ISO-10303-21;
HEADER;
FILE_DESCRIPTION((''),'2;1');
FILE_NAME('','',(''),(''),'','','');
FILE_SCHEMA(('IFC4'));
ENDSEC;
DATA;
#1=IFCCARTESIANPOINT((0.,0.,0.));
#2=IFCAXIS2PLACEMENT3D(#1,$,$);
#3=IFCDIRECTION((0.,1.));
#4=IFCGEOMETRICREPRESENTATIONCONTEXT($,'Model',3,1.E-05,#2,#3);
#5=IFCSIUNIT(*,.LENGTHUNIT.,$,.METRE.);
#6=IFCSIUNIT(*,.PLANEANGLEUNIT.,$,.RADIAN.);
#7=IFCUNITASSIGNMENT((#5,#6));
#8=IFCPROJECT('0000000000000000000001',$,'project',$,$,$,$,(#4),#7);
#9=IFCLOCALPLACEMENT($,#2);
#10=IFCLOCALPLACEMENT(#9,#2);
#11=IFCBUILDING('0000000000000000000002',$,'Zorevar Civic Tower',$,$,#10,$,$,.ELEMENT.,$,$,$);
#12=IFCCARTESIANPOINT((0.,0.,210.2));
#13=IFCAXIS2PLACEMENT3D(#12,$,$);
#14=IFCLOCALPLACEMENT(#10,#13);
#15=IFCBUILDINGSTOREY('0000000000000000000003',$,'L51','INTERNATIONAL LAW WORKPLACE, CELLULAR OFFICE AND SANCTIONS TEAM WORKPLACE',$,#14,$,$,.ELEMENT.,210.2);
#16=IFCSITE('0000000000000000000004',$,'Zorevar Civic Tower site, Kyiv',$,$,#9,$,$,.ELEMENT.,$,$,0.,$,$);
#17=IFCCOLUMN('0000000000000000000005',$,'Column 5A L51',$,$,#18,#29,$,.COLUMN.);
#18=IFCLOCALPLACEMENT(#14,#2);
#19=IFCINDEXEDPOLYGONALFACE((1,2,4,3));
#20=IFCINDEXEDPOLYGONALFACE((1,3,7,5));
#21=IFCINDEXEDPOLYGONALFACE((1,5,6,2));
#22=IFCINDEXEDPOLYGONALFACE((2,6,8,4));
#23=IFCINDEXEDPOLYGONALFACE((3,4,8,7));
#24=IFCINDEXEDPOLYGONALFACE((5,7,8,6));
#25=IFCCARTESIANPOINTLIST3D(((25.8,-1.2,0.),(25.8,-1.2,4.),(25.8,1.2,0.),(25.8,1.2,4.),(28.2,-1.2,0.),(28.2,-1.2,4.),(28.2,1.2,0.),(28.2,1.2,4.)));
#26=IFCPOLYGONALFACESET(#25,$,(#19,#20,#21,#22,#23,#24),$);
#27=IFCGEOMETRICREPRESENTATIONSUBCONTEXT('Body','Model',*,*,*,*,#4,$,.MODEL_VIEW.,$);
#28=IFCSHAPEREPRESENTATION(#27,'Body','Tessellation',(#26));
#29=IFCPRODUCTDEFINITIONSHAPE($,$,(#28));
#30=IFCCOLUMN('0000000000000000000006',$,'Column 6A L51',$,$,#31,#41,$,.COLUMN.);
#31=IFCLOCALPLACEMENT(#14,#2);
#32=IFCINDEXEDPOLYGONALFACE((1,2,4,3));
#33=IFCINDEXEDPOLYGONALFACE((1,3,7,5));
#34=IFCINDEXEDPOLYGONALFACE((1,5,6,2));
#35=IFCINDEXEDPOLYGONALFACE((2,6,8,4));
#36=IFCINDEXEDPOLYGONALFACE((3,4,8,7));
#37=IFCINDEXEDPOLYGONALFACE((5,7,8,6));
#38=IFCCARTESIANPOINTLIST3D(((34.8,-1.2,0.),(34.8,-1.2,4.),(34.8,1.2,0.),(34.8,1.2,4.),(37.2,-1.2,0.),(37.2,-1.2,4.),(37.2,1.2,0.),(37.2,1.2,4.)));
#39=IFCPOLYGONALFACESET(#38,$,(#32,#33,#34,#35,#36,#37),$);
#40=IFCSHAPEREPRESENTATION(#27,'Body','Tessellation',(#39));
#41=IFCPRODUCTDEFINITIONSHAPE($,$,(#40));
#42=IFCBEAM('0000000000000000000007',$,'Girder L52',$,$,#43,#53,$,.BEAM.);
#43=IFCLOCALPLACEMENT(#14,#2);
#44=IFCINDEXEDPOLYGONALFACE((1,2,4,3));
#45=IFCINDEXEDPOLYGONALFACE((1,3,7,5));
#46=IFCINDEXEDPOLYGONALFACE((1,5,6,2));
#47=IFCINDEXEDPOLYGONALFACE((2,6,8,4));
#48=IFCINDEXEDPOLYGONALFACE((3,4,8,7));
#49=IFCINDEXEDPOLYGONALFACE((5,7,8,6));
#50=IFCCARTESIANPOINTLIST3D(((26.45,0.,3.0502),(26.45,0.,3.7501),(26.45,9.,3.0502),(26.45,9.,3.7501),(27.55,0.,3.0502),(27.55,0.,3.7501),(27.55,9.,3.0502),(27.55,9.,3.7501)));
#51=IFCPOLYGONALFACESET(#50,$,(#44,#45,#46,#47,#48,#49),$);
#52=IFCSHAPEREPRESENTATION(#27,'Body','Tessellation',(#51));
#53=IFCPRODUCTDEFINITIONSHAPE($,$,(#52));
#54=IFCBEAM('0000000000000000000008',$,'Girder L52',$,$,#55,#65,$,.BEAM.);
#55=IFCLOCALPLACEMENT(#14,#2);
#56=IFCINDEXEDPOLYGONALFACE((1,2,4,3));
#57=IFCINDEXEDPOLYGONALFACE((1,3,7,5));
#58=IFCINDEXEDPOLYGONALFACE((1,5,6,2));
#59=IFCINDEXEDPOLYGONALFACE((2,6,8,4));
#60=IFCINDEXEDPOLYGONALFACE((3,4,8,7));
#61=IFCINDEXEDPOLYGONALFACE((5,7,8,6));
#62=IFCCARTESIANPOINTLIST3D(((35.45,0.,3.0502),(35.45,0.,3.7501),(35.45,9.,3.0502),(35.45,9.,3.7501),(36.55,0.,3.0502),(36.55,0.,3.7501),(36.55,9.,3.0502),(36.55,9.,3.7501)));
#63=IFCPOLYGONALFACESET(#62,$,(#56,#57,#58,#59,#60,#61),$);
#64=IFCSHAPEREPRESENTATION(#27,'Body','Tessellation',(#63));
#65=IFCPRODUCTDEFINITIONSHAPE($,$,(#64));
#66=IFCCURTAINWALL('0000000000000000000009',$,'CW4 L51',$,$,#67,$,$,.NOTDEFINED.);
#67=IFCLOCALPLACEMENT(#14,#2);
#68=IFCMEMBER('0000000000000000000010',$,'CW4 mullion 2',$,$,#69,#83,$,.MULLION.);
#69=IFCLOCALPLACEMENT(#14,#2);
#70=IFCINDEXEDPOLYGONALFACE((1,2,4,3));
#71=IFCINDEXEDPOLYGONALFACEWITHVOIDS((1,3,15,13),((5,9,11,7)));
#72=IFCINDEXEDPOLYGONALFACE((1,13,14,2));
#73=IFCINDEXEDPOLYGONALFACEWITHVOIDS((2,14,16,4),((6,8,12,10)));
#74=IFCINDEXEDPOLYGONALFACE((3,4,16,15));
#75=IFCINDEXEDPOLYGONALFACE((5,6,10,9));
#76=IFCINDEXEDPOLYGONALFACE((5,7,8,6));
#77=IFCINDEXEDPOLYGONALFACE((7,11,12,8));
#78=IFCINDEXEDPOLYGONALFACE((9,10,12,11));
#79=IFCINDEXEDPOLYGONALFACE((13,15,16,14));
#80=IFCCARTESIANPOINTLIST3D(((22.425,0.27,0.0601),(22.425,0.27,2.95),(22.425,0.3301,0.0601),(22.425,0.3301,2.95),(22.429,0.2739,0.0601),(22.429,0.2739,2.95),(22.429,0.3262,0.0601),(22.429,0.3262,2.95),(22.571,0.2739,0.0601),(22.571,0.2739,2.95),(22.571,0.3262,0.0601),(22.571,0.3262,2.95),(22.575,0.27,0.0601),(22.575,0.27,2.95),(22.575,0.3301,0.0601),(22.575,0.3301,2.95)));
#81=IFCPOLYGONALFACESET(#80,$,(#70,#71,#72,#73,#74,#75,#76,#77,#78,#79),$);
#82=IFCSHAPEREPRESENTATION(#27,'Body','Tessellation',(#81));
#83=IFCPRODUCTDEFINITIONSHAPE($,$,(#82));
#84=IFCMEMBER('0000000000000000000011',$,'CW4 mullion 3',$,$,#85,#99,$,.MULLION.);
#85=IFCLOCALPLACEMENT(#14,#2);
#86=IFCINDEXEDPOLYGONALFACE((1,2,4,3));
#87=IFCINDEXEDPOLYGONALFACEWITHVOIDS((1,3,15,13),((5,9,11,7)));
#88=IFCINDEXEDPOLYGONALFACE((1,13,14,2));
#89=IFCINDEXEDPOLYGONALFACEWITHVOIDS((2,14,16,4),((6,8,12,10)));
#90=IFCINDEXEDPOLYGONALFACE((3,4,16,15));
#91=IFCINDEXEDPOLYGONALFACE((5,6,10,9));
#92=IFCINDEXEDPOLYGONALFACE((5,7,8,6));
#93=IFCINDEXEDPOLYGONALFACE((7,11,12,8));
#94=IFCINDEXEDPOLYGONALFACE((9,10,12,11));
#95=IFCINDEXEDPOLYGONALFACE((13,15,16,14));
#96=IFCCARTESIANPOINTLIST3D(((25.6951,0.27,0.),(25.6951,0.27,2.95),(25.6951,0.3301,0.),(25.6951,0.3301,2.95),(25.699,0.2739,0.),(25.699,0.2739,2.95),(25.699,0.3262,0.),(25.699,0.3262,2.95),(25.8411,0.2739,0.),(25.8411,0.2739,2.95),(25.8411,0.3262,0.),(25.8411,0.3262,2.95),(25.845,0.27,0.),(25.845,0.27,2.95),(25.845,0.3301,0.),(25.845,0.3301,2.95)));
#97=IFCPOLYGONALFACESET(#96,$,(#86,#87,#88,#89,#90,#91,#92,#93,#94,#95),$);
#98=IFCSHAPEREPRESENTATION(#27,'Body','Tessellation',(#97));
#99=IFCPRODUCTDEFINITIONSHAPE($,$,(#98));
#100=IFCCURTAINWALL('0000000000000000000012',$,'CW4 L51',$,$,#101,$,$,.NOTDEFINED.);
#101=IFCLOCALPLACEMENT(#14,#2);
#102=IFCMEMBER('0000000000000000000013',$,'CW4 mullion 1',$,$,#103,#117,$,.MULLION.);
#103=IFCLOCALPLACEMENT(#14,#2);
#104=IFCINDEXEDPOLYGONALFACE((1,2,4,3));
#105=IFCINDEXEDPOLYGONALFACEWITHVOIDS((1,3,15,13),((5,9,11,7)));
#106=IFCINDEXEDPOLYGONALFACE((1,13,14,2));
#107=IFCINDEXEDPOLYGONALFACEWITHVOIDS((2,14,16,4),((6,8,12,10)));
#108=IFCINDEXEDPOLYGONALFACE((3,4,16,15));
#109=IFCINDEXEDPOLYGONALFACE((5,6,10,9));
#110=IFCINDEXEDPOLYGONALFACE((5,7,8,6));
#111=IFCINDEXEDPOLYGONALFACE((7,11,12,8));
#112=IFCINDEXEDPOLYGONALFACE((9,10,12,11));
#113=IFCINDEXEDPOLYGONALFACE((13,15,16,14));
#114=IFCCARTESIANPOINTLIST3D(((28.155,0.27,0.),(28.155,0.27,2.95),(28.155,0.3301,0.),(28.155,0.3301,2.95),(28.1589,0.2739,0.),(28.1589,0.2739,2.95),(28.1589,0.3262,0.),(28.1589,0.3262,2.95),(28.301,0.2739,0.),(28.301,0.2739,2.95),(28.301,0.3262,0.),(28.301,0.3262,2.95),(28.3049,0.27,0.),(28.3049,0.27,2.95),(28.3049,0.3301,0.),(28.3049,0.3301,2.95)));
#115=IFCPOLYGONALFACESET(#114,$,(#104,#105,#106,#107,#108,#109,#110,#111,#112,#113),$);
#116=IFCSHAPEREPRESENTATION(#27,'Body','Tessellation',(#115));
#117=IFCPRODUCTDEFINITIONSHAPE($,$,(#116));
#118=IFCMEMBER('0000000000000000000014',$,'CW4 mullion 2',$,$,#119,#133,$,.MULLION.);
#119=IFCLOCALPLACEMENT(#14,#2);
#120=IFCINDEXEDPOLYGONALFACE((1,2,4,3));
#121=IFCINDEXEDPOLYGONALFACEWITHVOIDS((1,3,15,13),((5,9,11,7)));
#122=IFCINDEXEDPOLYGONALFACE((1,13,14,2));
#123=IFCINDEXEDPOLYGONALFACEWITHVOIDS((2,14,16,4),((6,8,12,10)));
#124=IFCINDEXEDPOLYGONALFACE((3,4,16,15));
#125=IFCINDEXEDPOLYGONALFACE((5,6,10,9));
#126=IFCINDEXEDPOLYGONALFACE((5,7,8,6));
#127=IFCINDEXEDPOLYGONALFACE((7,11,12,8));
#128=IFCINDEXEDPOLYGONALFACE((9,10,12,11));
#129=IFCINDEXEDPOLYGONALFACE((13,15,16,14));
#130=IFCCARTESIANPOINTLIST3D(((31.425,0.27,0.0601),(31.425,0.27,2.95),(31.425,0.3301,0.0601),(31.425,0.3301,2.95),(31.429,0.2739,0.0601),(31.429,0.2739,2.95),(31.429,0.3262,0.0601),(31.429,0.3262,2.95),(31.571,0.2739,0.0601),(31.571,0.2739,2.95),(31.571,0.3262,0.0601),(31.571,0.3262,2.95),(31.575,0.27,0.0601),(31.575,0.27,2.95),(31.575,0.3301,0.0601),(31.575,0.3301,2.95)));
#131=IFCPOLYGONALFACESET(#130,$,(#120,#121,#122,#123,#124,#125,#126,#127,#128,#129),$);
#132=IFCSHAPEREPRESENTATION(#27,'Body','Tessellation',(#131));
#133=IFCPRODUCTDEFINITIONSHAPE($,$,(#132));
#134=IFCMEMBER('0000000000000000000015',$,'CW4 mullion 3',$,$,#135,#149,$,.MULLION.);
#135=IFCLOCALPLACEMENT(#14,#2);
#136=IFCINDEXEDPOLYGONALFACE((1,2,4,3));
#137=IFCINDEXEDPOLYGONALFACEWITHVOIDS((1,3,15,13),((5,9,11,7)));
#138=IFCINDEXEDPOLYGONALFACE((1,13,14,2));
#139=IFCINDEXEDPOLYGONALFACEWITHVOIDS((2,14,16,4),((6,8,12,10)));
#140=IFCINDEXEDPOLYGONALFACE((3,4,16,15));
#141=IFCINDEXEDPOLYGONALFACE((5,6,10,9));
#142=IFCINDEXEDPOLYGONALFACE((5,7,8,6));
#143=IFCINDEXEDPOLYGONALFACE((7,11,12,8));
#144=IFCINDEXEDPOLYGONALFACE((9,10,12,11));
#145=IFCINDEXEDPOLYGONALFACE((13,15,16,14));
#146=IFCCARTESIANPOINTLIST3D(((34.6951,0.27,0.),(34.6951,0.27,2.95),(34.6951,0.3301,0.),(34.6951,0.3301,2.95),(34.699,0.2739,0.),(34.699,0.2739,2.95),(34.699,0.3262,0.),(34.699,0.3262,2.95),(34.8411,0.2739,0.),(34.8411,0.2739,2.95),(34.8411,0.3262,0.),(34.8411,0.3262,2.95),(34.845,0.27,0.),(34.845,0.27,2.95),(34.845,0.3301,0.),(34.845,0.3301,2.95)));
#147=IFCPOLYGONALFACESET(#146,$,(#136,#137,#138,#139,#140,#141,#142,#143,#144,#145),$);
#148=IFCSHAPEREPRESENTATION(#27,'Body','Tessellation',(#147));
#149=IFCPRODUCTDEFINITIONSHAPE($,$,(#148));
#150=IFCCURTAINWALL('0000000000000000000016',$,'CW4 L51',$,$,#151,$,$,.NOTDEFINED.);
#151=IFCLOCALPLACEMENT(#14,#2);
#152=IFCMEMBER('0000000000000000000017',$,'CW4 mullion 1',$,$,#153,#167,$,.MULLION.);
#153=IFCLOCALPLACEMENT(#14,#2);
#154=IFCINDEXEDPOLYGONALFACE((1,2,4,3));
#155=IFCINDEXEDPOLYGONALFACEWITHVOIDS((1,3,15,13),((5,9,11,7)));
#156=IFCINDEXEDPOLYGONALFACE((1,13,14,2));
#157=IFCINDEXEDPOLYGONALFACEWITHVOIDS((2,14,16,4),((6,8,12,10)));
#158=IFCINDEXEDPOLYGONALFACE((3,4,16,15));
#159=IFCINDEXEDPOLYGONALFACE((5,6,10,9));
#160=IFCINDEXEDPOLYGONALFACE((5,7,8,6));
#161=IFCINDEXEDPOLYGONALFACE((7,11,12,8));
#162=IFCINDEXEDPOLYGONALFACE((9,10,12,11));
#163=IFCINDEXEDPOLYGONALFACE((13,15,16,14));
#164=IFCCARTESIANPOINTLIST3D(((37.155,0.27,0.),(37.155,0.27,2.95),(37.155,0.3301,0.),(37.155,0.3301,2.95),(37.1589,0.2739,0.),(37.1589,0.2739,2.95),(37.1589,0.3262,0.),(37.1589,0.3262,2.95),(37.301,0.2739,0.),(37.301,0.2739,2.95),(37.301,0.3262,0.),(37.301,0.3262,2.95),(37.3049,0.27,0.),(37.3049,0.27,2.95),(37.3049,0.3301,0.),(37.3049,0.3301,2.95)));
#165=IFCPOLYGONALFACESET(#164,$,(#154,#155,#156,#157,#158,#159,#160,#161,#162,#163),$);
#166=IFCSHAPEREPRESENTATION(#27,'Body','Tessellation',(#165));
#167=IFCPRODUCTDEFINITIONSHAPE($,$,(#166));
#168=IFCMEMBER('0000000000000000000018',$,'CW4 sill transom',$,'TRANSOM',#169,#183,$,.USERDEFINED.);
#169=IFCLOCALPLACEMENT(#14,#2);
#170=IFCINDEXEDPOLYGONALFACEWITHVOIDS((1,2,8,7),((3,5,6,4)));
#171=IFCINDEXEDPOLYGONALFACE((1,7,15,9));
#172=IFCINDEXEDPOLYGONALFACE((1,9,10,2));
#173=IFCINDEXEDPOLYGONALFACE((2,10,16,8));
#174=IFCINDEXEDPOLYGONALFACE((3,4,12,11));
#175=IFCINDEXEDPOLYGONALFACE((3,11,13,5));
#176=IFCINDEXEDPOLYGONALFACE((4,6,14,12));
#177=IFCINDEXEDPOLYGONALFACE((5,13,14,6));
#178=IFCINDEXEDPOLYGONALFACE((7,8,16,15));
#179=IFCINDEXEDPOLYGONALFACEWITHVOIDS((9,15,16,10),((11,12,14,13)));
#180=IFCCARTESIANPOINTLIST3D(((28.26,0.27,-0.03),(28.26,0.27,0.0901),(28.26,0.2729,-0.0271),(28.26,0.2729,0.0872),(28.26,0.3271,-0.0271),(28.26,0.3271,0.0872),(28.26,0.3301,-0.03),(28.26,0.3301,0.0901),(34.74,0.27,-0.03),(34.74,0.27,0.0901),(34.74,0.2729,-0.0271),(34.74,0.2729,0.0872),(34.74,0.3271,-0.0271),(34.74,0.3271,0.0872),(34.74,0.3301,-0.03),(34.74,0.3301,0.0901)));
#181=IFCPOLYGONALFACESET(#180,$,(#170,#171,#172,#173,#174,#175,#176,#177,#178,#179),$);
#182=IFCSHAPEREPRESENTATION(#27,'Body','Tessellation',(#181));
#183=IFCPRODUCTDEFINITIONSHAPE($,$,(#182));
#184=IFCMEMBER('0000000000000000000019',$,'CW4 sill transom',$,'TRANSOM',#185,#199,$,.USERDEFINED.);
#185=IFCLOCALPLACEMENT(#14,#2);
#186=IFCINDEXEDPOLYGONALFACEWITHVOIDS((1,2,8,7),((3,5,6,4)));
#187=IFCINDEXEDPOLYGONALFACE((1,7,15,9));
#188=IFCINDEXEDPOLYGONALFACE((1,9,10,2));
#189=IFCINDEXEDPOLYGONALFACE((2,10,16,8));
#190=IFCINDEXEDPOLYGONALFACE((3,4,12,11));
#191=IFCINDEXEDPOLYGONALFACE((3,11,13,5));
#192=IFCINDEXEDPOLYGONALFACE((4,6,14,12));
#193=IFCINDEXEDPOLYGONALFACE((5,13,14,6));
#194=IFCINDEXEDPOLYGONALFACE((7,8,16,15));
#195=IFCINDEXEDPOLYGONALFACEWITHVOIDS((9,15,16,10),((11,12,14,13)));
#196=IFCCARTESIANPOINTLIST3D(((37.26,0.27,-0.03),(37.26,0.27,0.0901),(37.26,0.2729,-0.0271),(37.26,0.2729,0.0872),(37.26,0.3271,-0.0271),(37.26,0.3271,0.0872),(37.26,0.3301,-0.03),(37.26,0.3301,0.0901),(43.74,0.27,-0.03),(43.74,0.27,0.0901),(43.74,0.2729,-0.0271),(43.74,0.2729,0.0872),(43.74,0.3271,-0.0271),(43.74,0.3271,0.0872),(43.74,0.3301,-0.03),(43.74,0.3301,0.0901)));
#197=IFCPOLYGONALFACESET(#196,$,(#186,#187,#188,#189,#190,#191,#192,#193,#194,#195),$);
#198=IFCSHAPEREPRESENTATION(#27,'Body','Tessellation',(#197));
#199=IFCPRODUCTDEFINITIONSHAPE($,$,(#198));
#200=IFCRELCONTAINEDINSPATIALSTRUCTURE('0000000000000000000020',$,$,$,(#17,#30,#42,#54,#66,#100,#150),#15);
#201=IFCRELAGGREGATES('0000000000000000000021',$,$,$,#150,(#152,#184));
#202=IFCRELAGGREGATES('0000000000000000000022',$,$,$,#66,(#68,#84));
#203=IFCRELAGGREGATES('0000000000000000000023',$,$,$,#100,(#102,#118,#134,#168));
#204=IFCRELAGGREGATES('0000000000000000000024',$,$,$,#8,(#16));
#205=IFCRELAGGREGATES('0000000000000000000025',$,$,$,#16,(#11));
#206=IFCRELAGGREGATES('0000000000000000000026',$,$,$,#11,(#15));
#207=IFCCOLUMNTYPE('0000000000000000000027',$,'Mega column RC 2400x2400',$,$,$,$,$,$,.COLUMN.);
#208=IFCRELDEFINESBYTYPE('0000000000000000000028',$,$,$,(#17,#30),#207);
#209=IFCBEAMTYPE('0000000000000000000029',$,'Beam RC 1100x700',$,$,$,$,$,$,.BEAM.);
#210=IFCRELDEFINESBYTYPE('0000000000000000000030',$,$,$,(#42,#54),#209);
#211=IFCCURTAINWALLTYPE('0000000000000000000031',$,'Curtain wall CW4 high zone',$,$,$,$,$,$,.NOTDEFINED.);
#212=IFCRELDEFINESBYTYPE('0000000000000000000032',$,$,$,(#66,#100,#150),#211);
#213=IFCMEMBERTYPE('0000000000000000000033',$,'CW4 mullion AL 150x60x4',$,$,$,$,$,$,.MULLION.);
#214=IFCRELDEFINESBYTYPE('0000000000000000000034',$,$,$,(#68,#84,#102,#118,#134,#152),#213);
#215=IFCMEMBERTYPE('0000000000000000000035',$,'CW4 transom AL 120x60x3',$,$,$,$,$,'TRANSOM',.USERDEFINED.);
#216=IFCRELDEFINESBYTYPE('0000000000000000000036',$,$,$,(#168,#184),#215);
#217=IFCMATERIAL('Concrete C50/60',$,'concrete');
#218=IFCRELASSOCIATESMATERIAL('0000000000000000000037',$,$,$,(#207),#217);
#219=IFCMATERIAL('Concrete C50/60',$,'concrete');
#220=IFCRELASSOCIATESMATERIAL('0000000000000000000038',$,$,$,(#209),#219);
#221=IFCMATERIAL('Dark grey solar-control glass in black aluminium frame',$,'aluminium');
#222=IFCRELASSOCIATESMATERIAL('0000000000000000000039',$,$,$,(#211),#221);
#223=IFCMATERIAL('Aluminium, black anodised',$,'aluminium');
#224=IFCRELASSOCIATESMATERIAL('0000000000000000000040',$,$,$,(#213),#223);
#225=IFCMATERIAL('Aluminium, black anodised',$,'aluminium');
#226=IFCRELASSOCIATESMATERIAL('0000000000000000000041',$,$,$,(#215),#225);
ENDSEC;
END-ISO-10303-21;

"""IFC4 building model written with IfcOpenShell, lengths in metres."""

from ifc_helpers import new_model, si_unit, direction, frame, origin, origin_2d, place, context, subcontext, project, spatial, rectangle, hollow_rectangle, extrude, material, material_profile, profile_set, type_object, element, aggregate, save


model = new_model("IFC4")

# Units and contexts
model_context = context("Model", 3, precision=1e-05, world=origin(), true_north=direction((0.0, 1.0)))
body_context = subcontext(model_context, "Body", "Model", "MODEL_VIEW")
ifc_project = project(units=[si_unit("LENGTHUNIT", "METRE"), si_unit("PLANEANGLEUNIT", "RADIAN")], contexts=[model_context])

# Site, building, storey
site_placement = place(None, origin())
site = spatial("IfcSite", under=ifc_project, at=site_placement, Name="Zorevar Civic Tower site, Kyiv", CompositionType="ELEMENT", RefElevation=0.0)
building_placement = place(site_placement, origin())
building = spatial("IfcBuilding", under=site, at=building_placement, Name="Zorevar Civic Tower", CompositionType="ELEMENT")
storey_placement = place(building_placement, frame((0.0, 0.0, 210.2)))
storey = spatial("IfcBuildingStorey", under=building, at=storey_placement, Name="L51", Description="INTERNATIONAL LAW WORKPLACE, CELLULAR OFFICE AND SANCTIONS TEAM WORKPLACE", CompositionType="ELEMENT", Elevation=210.2)

# Columns
ifc_material_1 = material(Name="Concrete C50/60", Category="concrete")
ifc_material_profile_1 = material_profile(ifc_material_1, rectangle(XDim=2.3999, YDim=2.3999, at=origin_2d()), Name="RC 2400x2400")
ifc_profile_set_1 = profile_set([ifc_material_profile_1], Name="Concrete C50/60")
column_type = type_object("IfcColumnType", Name="Mega column RC 2400x2400", PredefinedType="COLUMN", material=ifc_profile_set_1)
for number, where, z_axis, x_axis, name in (
    (1, (27.0, 0.0, 0.0), (0.0, 0.0, 1.0), (1.0, 0.0, 0.0), "Column 5A L51"),
    (2, (36.0, 0.0, 0.0), (0.0, 0.0, 1.0), (1.0, 0.0, 0.0), "Column 6A L51"),
):
    element("IfcColumn", number, at=place(storey_placement, frame(where, z_axis=z_axis, x_axis=x_axis)), inside=storey, type_object=column_type, Name=name, PredefinedType="COLUMN", context=body_context, shape_type="SweptSolid", body=[
        extrude(rectangle(XDim=2.3999, YDim=2.3999, at=origin_2d()), origin(), (0.0, 0.0, 1.0), 4.0),
    ])

# Beams
ifc_material_2 = material(Name="Concrete C50/60", Category="concrete")
ifc_material_profile_2 = material_profile(ifc_material_2, rectangle(XDim=1.1001, YDim=0.7, at=origin_2d()), Name="RC 1100x700")
ifc_profile_set_2 = profile_set([ifc_material_profile_2], Name="Concrete C50/60")
beam_type_1 = type_object("IfcBeamType", Name="Beam RC 1100x700", PredefinedType="BEAM", material=ifc_profile_set_2)
for number, where, z_axis, x_axis, name in (
    (3, (27.0, 0.0, 3.4001), (0.0, 1.0, 0.0), (-1.0, 0.0, 0.0), "Girder L52"),
    (4, (36.0, 0.0, 3.4001), (0.0, 1.0, 0.0), (-1.0, 0.0, 0.0), "Girder L52"),
):
    element("IfcBeam", number, at=place(storey_placement, frame(where, z_axis=z_axis, x_axis=x_axis)), inside=storey, type_object=beam_type_1, Name=name, PredefinedType="BEAM", context=body_context, shape_type="SweptSolid", body=[
        extrude(rectangle(XDim=1.1001, YDim=0.7, at=origin_2d()), origin(), (0.0, 0.0, 1.0), 9.0),
    ])

# Curtain walls, members
ifc_material_3 = material(Name="Dark grey solar-control glass in black aluminium frame", Category="aluminium")
curtain_wall_type = type_object("IfcCurtainWallType", Name="Curtain wall CW4 high zone", PredefinedType="NOTDEFINED", material=ifc_material_3)
curtain_wall_1_placement = place(storey_placement, origin())
curtain_wall_1 = element("IfcCurtainWall", 5, at=curtain_wall_1_placement, inside=storey, type_object=curtain_wall_type, Name="CW4 L51", PredefinedType="NOTDEFINED")
ifc_material_4 = material(Name="Aluminium, black anodised", Category="aluminium")
ifc_material_profile_3 = material_profile(ifc_material_4, hollow_rectangle(XDim=0.0601, YDim=0.1499, WallThickness=0.0039, at=origin_2d()), Name="AL 150x60x4")
ifc_profile_set_3 = profile_set([ifc_material_profile_3], Name="Aluminium, black anodised")
member_type_1 = type_object("IfcMemberType", Name="CW4 mullion AL 150x60x4", PredefinedType="MULLION", material=ifc_profile_set_3)
member_1_placement = place(storey_placement, frame((22.5, 0.3, 0.0601), z_axis=(0.0, 0.0, 1.0), x_axis=(0.0, 1.0, 0.0)))
member_1 = element("IfcMember", 6, at=member_1_placement, type_object=member_type_1, Name="CW4 mullion 2", PredefinedType="MULLION", context=body_context, shape_type="SweptSolid", body=[
    extrude(hollow_rectangle(XDim=0.0601, YDim=0.1499, WallThickness=0.0039, at=origin_2d()), origin(), (0.0, 0.0, 1.0), 2.8899),
])
member_2_placement = place(storey_placement, frame((25.77, 0.3, 0.0), z_axis=(0.0, 0.0, 1.0), x_axis=(0.0, 1.0, 0.0)))
member_2 = element("IfcMember", 7, at=member_2_placement, type_object=member_type_1, Name="CW4 mullion 3", PredefinedType="MULLION", context=body_context, shape_type="SweptSolid", body=[
    extrude(hollow_rectangle(XDim=0.0601, YDim=0.1499, WallThickness=0.0039, at=origin_2d()), origin(), (0.0, 0.0, 1.0), 2.95),
])
curtain_wall_2_placement = place(storey_placement, origin())
curtain_wall_2 = element("IfcCurtainWall", 8, at=curtain_wall_2_placement, inside=storey, type_object=curtain_wall_type, Name="CW4 L51", PredefinedType="NOTDEFINED")
member_3_placement = place(storey_placement, frame((28.23, 0.3, 0.0), z_axis=(0.0, 0.0, 1.0), x_axis=(0.0, 1.0, 0.0)))
member_3 = element("IfcMember", 9, at=member_3_placement, type_object=member_type_1, Name="CW4 mullion 1", PredefinedType="MULLION", context=body_context, shape_type="SweptSolid", body=[
    extrude(hollow_rectangle(XDim=0.0601, YDim=0.1499, WallThickness=0.0039, at=origin_2d()), origin(), (0.0, 0.0, 1.0), 2.95),
])
member_4_placement = place(storey_placement, frame((31.5, 0.3, 0.0601), z_axis=(0.0, 0.0, 1.0), x_axis=(0.0, 1.0, 0.0)))
member_4 = element("IfcMember", 10, at=member_4_placement, type_object=member_type_1, Name="CW4 mullion 2", PredefinedType="MULLION", context=body_context, shape_type="SweptSolid", body=[
    extrude(hollow_rectangle(XDim=0.0601, YDim=0.1499, WallThickness=0.0039, at=origin_2d()), origin(), (0.0, 0.0, 1.0), 2.8899),
])
member_5_placement = place(storey_placement, frame((34.77, 0.3, 0.0), z_axis=(0.0, 0.0, 1.0), x_axis=(0.0, 1.0, 0.0)))
member_5 = element("IfcMember", 11, at=member_5_placement, type_object=member_type_1, Name="CW4 mullion 3", PredefinedType="MULLION", context=body_context, shape_type="SweptSolid", body=[
    extrude(hollow_rectangle(XDim=0.0601, YDim=0.1499, WallThickness=0.0039, at=origin_2d()), origin(), (0.0, 0.0, 1.0), 2.95),
])

# Curtain wall, member
curtain_wall_3_placement = place(storey_placement, origin())
curtain_wall_3 = element("IfcCurtainWall", 12, at=curtain_wall_3_placement, inside=storey, type_object=curtain_wall_type, Name="CW4 L51", PredefinedType="NOTDEFINED")
member_6_placement = place(storey_placement, frame((37.23, 0.3, 0.0), z_axis=(0.0, 0.0, 1.0), x_axis=(0.0, 1.0, 0.0)))
member_6 = element("IfcMember", 13, at=member_6_placement, type_object=member_type_1, Name="CW4 mullion 1", PredefinedType="MULLION", context=body_context, shape_type="SweptSolid", body=[
    extrude(hollow_rectangle(XDim=0.0601, YDim=0.1499, WallThickness=0.0039, at=origin_2d()), origin(), (0.0, 0.0, 1.0), 2.95),
])

# Members
ifc_material_5 = material(Name="Aluminium, black anodised", Category="aluminium")
ifc_material_profile_4 = material_profile(ifc_material_5, hollow_rectangle(XDim=0.0601, YDim=0.1201, WallThickness=0.0029, at=origin_2d()), Name="AL 120x60x3")
ifc_profile_set_4 = profile_set([ifc_material_profile_4], Name="Aluminium, black anodised")
member_type_2 = type_object("IfcMemberType", Name="CW4 transom AL 120x60x3", ElementType="TRANSOM", PredefinedType="USERDEFINED", material=ifc_profile_set_4)
member_7_placement = place(storey_placement, frame((28.26, 0.3, 0.03), z_axis=(1.0, 0.0, 0.0), x_axis=(0.0, 1.0, 0.0)))
member_7 = element("IfcMember", 14, at=member_7_placement, type_object=member_type_2, Name="CW4 sill transom", ObjectType="TRANSOM", PredefinedType="USERDEFINED", context=body_context, shape_type="SweptSolid", body=[
    extrude(hollow_rectangle(XDim=0.0601, YDim=0.1201, WallThickness=0.0029, at=origin_2d()), origin(), (0.0, 0.0, 1.0), 6.48),
])
member_8_placement = place(storey_placement, frame((37.26, 0.3, 0.03), z_axis=(1.0, 0.0, 0.0), x_axis=(0.0, 1.0, 0.0)))
member_8 = element("IfcMember", 15, at=member_8_placement, type_object=member_type_2, Name="CW4 sill transom", ObjectType="TRANSOM", PredefinedType="USERDEFINED", context=body_context, shape_type="SweptSolid", body=[
    extrude(hollow_rectangle(XDim=0.0601, YDim=0.1201, WallThickness=0.0029, at=origin_2d()), origin(), (0.0, 0.0, 1.0), 6.48),
])
aggregate(curtain_wall_3, [member_6, member_8])

aggregate(curtain_wall_1, [member_1, member_2])
aggregate(curtain_wall_2, [member_3, member_4, member_5, member_7])

save(model, "model.ifc")
